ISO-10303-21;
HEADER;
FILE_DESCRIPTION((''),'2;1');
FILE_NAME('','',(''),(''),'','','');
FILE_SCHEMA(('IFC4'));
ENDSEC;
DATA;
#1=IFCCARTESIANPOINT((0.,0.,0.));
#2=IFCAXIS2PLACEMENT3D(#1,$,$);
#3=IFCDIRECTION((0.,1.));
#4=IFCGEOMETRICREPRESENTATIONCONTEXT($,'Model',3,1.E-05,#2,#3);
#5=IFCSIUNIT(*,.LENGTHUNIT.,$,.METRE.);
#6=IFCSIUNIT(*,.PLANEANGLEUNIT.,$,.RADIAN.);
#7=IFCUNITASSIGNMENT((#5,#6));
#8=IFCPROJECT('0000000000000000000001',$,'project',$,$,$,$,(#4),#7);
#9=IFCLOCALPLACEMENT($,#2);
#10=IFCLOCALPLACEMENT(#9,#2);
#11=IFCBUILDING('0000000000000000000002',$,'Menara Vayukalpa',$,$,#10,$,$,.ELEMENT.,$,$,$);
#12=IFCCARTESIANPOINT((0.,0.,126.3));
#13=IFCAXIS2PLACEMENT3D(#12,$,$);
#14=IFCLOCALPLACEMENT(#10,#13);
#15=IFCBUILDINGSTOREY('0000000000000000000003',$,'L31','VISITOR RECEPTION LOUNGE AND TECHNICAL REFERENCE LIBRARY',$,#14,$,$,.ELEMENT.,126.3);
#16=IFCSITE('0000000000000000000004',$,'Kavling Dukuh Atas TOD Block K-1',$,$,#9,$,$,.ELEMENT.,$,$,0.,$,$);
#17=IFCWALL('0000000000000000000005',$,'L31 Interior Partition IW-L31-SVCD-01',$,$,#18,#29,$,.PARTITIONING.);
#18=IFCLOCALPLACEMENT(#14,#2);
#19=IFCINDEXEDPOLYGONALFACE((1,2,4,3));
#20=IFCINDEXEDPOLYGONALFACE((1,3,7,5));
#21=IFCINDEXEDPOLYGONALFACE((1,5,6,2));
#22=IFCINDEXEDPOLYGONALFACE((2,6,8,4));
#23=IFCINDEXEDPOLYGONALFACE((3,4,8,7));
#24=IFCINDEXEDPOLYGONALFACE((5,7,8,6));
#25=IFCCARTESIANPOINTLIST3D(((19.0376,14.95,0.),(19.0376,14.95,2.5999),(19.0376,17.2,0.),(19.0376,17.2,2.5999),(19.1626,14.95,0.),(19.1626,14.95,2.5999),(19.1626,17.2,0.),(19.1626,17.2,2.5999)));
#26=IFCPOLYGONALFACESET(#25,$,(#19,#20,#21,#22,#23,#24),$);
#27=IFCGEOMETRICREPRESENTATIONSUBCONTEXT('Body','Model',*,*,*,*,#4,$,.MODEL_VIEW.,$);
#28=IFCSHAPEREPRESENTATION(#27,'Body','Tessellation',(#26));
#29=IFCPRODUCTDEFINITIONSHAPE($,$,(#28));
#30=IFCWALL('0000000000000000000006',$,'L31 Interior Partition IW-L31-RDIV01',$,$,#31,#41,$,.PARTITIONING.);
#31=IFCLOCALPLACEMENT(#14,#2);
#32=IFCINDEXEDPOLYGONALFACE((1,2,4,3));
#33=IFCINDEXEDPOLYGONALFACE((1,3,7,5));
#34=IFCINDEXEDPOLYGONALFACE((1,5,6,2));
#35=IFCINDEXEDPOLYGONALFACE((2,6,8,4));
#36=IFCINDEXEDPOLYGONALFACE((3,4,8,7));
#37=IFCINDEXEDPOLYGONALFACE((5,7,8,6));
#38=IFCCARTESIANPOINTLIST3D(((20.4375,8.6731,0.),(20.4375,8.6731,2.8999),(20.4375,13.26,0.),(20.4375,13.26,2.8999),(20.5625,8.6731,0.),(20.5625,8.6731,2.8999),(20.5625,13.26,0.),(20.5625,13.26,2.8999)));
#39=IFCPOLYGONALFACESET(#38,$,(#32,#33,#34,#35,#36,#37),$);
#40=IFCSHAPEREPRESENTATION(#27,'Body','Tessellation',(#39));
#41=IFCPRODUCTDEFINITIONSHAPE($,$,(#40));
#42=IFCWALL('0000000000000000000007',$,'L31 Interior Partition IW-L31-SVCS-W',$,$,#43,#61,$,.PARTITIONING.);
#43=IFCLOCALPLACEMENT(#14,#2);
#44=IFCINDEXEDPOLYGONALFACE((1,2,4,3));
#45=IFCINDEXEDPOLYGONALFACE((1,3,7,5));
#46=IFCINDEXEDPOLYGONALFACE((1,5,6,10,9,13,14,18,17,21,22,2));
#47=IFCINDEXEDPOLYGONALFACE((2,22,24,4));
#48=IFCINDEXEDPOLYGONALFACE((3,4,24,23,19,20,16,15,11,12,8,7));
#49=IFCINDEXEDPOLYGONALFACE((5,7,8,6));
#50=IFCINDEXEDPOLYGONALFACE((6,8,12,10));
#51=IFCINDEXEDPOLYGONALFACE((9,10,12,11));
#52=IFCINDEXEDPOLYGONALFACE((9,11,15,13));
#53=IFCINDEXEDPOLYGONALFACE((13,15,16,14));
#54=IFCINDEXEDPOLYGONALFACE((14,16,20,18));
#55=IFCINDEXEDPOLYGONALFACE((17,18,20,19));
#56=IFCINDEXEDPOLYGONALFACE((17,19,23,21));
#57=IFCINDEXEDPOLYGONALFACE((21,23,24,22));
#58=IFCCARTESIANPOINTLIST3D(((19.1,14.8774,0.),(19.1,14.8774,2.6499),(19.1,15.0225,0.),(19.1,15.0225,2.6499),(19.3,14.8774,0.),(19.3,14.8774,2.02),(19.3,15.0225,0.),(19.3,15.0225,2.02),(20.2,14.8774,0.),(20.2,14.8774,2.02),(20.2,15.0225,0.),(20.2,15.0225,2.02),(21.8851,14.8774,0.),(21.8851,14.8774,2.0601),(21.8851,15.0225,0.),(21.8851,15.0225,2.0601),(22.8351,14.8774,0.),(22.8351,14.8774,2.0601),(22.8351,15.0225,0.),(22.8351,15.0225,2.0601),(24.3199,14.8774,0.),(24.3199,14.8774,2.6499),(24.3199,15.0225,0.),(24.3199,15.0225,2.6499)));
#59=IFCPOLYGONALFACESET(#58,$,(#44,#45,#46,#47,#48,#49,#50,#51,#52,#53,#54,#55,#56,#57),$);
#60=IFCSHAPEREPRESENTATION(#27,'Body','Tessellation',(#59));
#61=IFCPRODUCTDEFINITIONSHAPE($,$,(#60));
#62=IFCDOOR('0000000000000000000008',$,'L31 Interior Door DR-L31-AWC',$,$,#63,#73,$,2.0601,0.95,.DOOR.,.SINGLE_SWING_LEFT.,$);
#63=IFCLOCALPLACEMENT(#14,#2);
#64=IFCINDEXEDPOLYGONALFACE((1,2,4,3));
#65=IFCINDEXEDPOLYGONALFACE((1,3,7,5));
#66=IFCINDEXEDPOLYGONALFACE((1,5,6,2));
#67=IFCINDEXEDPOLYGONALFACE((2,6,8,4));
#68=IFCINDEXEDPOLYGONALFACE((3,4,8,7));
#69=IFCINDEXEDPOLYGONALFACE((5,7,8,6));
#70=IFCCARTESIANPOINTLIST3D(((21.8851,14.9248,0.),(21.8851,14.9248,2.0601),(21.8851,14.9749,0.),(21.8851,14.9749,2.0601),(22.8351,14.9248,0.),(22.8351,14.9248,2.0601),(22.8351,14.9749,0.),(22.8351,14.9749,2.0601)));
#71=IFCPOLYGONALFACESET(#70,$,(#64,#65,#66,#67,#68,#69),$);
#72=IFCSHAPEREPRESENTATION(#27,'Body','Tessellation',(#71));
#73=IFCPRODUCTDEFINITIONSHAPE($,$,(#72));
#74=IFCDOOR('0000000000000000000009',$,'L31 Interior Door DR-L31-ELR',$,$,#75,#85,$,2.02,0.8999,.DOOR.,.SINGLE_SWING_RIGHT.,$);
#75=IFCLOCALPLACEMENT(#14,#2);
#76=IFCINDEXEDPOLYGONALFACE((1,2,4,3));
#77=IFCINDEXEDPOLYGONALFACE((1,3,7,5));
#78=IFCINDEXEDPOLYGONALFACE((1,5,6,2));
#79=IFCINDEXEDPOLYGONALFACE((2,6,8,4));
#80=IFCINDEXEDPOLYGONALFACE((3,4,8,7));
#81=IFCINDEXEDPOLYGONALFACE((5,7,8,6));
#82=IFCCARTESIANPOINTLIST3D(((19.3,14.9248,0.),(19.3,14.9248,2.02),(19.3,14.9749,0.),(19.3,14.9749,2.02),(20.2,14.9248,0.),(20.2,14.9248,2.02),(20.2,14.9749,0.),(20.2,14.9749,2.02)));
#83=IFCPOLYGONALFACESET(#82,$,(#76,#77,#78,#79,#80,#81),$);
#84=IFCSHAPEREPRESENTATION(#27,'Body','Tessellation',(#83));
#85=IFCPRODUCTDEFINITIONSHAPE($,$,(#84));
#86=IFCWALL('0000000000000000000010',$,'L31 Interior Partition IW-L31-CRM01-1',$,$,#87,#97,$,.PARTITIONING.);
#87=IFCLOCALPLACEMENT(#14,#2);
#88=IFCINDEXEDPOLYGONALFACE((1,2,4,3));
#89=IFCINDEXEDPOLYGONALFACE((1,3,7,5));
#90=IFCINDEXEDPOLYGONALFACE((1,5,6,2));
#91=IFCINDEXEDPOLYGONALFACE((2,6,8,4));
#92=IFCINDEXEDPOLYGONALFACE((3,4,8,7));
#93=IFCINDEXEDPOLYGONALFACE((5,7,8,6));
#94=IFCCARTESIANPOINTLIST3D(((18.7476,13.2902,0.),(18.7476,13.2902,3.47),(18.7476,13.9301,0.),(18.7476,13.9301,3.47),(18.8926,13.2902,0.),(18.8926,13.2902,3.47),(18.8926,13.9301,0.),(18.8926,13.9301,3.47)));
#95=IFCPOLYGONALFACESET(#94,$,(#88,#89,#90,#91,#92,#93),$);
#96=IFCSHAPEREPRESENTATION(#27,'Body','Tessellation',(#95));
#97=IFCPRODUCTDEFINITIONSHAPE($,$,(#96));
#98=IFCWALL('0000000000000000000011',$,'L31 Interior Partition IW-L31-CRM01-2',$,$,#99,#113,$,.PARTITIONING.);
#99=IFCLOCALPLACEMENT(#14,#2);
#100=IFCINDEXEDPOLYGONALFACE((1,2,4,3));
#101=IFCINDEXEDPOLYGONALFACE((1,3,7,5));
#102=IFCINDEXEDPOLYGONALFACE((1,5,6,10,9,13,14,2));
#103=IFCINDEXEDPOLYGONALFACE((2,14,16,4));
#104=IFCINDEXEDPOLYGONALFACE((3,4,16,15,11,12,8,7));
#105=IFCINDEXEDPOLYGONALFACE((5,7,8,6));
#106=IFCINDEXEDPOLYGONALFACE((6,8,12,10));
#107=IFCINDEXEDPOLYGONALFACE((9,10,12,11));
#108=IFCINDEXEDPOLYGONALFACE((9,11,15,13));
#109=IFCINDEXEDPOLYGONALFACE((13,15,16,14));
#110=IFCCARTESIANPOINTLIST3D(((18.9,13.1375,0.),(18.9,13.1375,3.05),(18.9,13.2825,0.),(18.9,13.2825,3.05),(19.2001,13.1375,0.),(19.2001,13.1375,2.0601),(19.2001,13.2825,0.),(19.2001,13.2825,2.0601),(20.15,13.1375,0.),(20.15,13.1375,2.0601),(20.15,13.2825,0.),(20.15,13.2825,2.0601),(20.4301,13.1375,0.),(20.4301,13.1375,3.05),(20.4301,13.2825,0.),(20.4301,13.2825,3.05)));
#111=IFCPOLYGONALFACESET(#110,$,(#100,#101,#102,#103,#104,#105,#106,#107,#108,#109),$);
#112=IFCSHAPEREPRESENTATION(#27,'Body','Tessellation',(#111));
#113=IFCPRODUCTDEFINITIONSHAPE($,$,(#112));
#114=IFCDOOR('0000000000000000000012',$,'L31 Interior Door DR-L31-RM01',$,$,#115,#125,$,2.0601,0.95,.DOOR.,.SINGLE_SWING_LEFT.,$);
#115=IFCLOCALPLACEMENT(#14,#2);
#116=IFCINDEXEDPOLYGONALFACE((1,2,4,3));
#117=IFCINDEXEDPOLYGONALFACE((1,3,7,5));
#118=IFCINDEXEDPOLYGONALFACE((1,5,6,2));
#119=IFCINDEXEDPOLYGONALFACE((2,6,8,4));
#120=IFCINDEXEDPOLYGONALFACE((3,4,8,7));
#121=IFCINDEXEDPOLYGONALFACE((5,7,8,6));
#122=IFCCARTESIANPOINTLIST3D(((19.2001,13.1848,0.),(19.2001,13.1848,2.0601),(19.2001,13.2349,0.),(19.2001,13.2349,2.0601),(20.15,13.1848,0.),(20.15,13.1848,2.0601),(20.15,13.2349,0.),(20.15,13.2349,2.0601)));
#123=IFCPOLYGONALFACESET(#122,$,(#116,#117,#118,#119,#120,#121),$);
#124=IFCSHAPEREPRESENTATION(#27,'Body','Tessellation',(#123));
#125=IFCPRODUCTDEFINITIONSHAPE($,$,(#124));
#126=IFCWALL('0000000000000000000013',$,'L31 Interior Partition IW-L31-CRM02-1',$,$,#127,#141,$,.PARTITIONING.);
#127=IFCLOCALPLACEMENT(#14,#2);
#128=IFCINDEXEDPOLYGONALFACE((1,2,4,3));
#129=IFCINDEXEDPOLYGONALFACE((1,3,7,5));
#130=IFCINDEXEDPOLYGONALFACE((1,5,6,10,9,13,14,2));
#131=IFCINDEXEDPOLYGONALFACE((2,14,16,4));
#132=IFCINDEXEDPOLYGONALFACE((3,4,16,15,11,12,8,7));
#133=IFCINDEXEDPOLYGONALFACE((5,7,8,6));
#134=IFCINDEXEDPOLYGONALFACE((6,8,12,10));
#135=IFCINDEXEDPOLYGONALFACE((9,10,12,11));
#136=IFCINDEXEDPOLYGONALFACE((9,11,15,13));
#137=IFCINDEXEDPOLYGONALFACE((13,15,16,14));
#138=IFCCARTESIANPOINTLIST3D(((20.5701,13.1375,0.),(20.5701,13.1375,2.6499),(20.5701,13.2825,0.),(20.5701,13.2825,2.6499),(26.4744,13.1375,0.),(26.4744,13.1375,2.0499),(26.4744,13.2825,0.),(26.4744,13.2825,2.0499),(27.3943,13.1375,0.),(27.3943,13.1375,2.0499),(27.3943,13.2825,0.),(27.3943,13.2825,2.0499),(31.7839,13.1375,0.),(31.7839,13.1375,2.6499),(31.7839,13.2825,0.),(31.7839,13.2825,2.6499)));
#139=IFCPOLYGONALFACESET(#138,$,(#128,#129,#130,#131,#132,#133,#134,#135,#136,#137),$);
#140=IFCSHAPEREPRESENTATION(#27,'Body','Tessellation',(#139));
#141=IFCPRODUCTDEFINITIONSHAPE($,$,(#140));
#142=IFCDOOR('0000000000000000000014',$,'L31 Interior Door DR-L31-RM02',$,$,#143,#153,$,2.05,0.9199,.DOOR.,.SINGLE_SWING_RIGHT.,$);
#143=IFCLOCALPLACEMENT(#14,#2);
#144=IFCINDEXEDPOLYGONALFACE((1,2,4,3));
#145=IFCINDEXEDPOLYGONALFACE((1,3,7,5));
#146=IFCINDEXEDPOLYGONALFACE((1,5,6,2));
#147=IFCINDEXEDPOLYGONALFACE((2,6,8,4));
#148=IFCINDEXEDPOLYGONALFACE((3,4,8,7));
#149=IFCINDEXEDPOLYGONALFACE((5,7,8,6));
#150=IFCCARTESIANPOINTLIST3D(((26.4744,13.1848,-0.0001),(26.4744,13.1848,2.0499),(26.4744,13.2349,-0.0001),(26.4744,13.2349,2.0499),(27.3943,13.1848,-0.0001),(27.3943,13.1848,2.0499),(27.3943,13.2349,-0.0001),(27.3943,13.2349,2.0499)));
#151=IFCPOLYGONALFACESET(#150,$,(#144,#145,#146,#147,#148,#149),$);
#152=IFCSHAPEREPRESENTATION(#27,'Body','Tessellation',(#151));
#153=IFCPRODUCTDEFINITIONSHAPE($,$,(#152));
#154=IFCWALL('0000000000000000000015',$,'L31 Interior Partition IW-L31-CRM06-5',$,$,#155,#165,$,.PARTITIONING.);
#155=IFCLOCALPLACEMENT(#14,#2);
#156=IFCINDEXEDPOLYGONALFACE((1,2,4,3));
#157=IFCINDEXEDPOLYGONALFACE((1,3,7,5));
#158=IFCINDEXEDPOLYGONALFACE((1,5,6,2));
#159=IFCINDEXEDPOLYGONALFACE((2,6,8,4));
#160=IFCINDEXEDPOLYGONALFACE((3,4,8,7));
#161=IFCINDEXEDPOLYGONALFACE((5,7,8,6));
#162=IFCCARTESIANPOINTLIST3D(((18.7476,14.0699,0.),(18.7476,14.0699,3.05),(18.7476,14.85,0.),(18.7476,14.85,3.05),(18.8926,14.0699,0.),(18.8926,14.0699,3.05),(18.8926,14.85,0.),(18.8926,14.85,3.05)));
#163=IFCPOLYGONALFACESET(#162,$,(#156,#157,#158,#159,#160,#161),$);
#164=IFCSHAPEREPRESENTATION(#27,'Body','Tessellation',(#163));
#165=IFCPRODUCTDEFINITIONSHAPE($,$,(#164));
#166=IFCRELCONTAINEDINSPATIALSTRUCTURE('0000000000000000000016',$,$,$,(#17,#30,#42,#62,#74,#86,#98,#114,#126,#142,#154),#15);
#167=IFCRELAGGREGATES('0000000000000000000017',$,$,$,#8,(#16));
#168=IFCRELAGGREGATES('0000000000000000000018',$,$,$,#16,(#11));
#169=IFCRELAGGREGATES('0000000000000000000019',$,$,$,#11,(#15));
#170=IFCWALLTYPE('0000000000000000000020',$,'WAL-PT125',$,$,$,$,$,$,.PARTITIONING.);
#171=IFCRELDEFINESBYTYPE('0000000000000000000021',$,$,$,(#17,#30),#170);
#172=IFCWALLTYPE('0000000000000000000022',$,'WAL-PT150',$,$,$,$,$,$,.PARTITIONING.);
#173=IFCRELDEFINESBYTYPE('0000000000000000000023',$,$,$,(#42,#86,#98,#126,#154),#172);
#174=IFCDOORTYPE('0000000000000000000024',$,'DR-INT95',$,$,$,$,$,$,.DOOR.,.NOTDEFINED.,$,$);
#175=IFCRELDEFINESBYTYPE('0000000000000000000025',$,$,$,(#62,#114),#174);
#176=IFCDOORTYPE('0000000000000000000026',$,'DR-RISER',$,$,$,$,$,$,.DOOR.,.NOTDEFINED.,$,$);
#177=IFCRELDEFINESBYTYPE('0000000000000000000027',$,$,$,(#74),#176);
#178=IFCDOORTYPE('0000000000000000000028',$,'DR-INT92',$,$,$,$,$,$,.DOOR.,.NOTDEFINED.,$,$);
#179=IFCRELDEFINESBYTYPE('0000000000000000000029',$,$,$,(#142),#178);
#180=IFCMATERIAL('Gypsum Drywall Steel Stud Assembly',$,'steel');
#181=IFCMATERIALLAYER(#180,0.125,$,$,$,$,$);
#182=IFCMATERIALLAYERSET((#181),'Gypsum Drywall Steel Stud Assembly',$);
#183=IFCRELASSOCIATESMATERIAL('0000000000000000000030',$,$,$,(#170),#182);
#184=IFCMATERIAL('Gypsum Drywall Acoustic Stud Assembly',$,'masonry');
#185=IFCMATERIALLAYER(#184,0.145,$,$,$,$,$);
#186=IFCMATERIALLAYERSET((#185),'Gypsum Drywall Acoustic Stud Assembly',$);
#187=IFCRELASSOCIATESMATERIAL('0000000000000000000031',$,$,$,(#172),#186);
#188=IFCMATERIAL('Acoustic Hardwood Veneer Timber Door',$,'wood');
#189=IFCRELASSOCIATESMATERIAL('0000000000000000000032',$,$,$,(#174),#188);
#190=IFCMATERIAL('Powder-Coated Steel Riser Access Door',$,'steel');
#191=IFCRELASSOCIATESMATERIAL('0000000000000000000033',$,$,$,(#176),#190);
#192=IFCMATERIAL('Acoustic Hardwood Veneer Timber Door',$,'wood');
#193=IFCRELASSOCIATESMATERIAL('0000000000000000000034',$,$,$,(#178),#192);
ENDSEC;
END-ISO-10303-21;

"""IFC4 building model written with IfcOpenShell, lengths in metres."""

from ifc_helpers import new_model, si_unit, direction, frame, frame_2d, origin, place, context, subcontext, project, spatial, rectangle, extrude, material, layer, layer_set, type_object, element, fill, save


model = new_model("IFC4")

# Units and contexts
model_context = context("Model", 3, precision=1e-05, world=origin(), true_north=direction((0.0, 1.0)))
body_context = subcontext(model_context, "Body", "Model", "MODEL_VIEW")
ifc_project = project(units=[si_unit("LENGTHUNIT", "METRE"), si_unit("PLANEANGLEUNIT", "RADIAN")], contexts=[model_context])

# Site, building, storey
site_placement = place(None, origin())
site = spatial("IfcSite", under=ifc_project, at=site_placement, Name="Kavling Dukuh Atas TOD Block K-1", CompositionType="ELEMENT", RefElevation=0.0)
building_placement = place(site_placement, origin())
building = spatial("IfcBuilding", under=site, at=building_placement, Name="Menara Vayukalpa", CompositionType="ELEMENT")
storey_placement = place(building_placement, frame((0.0, 0.0, 126.3)))
storey = spatial("IfcBuildingStorey", under=building, at=storey_placement, Name="L31", Description="VISITOR RECEPTION LOUNGE AND TECHNICAL REFERENCE LIBRARY", CompositionType="ELEMENT", Elevation=126.3)

# Walls
ifc_material_1 = material(Name="Gypsum Drywall Steel Stud Assembly", Category="steel")
ifc_layer_1 = layer(ifc_material_1, 0.125)
ifc_layer_set_1 = layer_set([ifc_layer_1], Name="Gypsum Drywall Steel Stud Assembly")
wall_type_1 = type_object("IfcWallType", Name="WAL-PT125", PredefinedType="PARTITIONING", material=ifc_layer_set_1)
wall_1_placement = place(storey_placement, frame((19.1001, 14.95, 0.0), z_axis=(0.0, 0.0, 1.0), x_axis=(0.0, 1.0, 0.0)))
element("IfcWall", 1, at=wall_1_placement, inside=storey, type_object=wall_type_1, Name="L31 Interior Partition IW-L31-SVCD-01", PredefinedType="PARTITIONING", context=body_context, shape_type="SweptSolid", body=[
    extrude(rectangle(XDim=2.25, YDim=0.125, at=frame_2d((1.125, 0.0))), origin(), (0.0, 0.0, 1.0), 2.5999),
])
wall_2_placement = place(storey_placement, frame((20.5, 8.6731, 0.0), z_axis=(0.0, 0.0, 1.0), x_axis=(0.0, 1.0, 0.0)))
element("IfcWall", 2, at=wall_2_placement, inside=storey, type_object=wall_type_1, Name="L31 Interior Partition IW-L31-RDIV01", PredefinedType="PARTITIONING", context=body_context, shape_type="SweptSolid", body=[
    extrude(rectangle(XDim=4.5869, YDim=0.125, at=frame_2d((2.2935, 0.0))), origin(), (0.0, 0.0, 1.0), 2.8999),
])

# Wall, openings, doors
ifc_material_2 = material(Name="Gypsum Drywall Acoustic Stud Assembly", Category="masonry")
ifc_layer_2 = layer(ifc_material_2, 0.145)
ifc_layer_set_2 = layer_set([ifc_layer_2], Name="Gypsum Drywall Acoustic Stud Assembly")
wall_type_2 = type_object("IfcWallType", Name="WAL-PT150", PredefinedType="PARTITIONING", material=ifc_layer_set_2)
wall_3_placement = place(storey_placement, frame((19.1001, 14.95, 0.0), z_axis=(0.0, 0.0, 1.0), x_axis=(1.0, 0.0, 0.0)))
wall_3 = element("IfcWall", 3, at=wall_3_placement, inside=storey, type_object=wall_type_2, Name="L31 Interior Partition IW-L31-SVCS-W", PredefinedType="PARTITIONING", context=body_context, shape_type="SweptSolid", body=[
    extrude(rectangle(XDim=5.22, YDim=0.145, at=frame_2d((2.6099, 0.0))), origin(), (0.0, 0.0, 1.0), 2.6499),
])
opening_1_placement = place(wall_3_placement, frame((0.2, 0.0, 0.0)))
opening_1 = element("IfcOpeningElement", 4, at=opening_1_placement, cuts=wall_3, PredefinedType="OPENING", context=body_context, shape_type="SweptSolid", body=[
    extrude(rectangle(XDim=0.8999, YDim=2.02, at=frame_2d((0.45, 1.01))), frame((0.0, 0.0825, 0.0), z_axis=(0.0, -1.0, 0.0), x_axis=(1.0, 0.0, 0.0)), (0.0, 0.0, 1.0), 0.165),
])
opening_2_placement = place(wall_3_placement, frame((2.7849, 0.0, 0.0)))
opening_2 = element("IfcOpeningElement", 5, at=opening_2_placement, cuts=wall_3, PredefinedType="OPENING", context=body_context, shape_type="SweptSolid", body=[
    extrude(rectangle(XDim=0.95, YDim=2.0601, at=frame_2d((0.4751, 1.03))), frame((0.0, 0.0825, 0.0), z_axis=(0.0, -1.0, 0.0), x_axis=(1.0, 0.0, 0.0)), (0.0, 0.0, 1.0), 0.165),
])
ifc_material_3 = material(Name="Acoustic Hardwood Veneer Timber Door", Category="wood")
door_type_1 = type_object("IfcDoorType", Name="DR-INT95", OperationType="NOTDEFINED", PredefinedType="DOOR", material=ifc_material_3)
door_1_placement = place(opening_2_placement, origin())
door_1 = element("IfcDoor", 6, at=door_1_placement, inside=storey, type_object=door_type_1, Name="L31 Interior Door DR-L31-AWC", OperationType="SINGLE_SWING_LEFT", OverallHeight=2.0601, OverallWidth=0.95, PredefinedType="DOOR", context=body_context, shape_type="SweptSolid", body=[
    extrude(rectangle(XDim=0.95, YDim=2.0601, at=frame_2d((0.4751, 1.03))), frame((0.0, 0.0249, 0.0), z_axis=(0.0, -1.0, 0.0), x_axis=(1.0, 0.0, 0.0)), (0.0, 0.0, 1.0), 0.05),
])
fill(opening_2, door_1)
ifc_material_4 = material(Name="Powder-Coated Steel Riser Access Door", Category="steel")
door_type_2 = type_object("IfcDoorType", Name="DR-RISER", OperationType="NOTDEFINED", PredefinedType="DOOR", material=ifc_material_4)
door_2_placement = place(opening_1_placement, origin())
door_2 = element("IfcDoor", 7, at=door_2_placement, inside=storey, type_object=door_type_2, Name="L31 Interior Door DR-L31-ELR", OperationType="SINGLE_SWING_RIGHT", OverallHeight=2.02, OverallWidth=0.8999, PredefinedType="DOOR", context=body_context, shape_type="SweptSolid", body=[
    extrude(rectangle(XDim=0.8999, YDim=2.02, at=frame_2d((0.45, 1.01))), frame((0.0, 0.0249, 0.0), z_axis=(0.0, -1.0, 0.0), x_axis=(1.0, 0.0, 0.0)), (0.0, 0.0, 1.0), 0.05),
])
fill(opening_1, door_2)

# Wall
wall_4_placement = place(storey_placement, frame((18.8201, 13.9299, 0.0), z_axis=(0.0, 0.0, 1.0), x_axis=(0.0, -1.0, 0.0)))
element("IfcWall", 8, at=wall_4_placement, inside=storey, type_object=wall_type_2, Name="L31 Interior Partition IW-L31-CRM01-1", PredefinedType="PARTITIONING", context=body_context, shape_type="SweptSolid", body=[
    extrude(rectangle(XDim=0.6399, YDim=0.145, at=frame_2d((0.3198, 0.0))), origin(), (0.0, 0.0, 1.0), 3.47),
])

# Walls, openings, doors
wall_5_placement = place(storey_placement, frame((18.8999, 13.21, 0.0), z_axis=(0.0, 0.0, 1.0), x_axis=(1.0, 0.0, 0.0)))
wall_5 = element("IfcWall", 9, at=wall_5_placement, inside=storey, type_object=wall_type_2, Name="L31 Interior Partition IW-L31-CRM01-2", PredefinedType="PARTITIONING", context=body_context, shape_type="SweptSolid", body=[
    extrude(rectangle(XDim=1.53, YDim=0.145, at=frame_2d((0.7651, 0.0))), origin(), (0.0, 0.0, 1.0), 3.05),
])
opening_3_placement = place(wall_5_placement, frame((0.3, 0.0, 0.0)))
opening_3 = element("IfcOpeningElement", 10, at=opening_3_placement, cuts=wall_5, PredefinedType="OPENING", context=body_context, shape_type="SweptSolid", body=[
    extrude(rectangle(XDim=0.95, YDim=2.0601, at=frame_2d((0.4751, 1.03))), frame((0.0, 0.0825, 0.0), z_axis=(0.0, -1.0, 0.0), x_axis=(1.0, 0.0, 0.0)), (0.0, 0.0, 1.0), 0.165),
])
door_3_placement = place(opening_3_placement, origin())
door_3 = element("IfcDoor", 11, at=door_3_placement, inside=storey, type_object=door_type_1, Name="L31 Interior Door DR-L31-RM01", OperationType="SINGLE_SWING_LEFT", OverallHeight=2.0601, OverallWidth=0.95, PredefinedType="DOOR", context=body_context, shape_type="SweptSolid", body=[
    extrude(rectangle(XDim=0.95, YDim=2.0601, at=frame_2d((0.4751, 1.03))), frame((0.0, 0.0249, 0.0), z_axis=(0.0, -1.0, 0.0), x_axis=(1.0, 0.0, 0.0)), (0.0, 0.0, 1.0), 0.05),
])
fill(opening_3, door_3)
wall_6_placement = place(storey_placement, frame((20.5701, 13.21, 0.0), z_axis=(0.0, 0.0, 1.0), x_axis=(1.0, 0.0, 0.0)))
wall_6 = element("IfcWall", 12, at=wall_6_placement, inside=storey, type_object=wall_type_2, Name="L31 Interior Partition IW-L31-CRM02-1", PredefinedType="PARTITIONING", context=body_context, shape_type="SweptSolid", body=[
    extrude(rectangle(XDim=11.2139, YDim=0.145, at=frame_2d((5.6069, 0.0))), origin(), (0.0, 0.0, 1.0), 2.6499),
])
opening_4_placement = place(wall_6_placement, frame((5.9043, 0.0, 0.0)))
opening_4 = element("IfcOpeningElement", 13, at=opening_4_placement, cuts=wall_6, PredefinedType="OPENING", context=body_context, shape_type="SweptSolid", body=[
    extrude(rectangle(XDim=0.9199, YDim=2.05, at=frame_2d((0.46, 1.0249))), frame((0.0, 0.0825, 0.0), z_axis=(0.0, -1.0, 0.0), x_axis=(1.0, 0.0, 0.0)), (0.0, 0.0, 1.0), 0.165),
])
ifc_material_5 = material(Name="Acoustic Hardwood Veneer Timber Door", Category="wood")
door_type_3 = type_object("IfcDoorType", Name="DR-INT92", OperationType="NOTDEFINED", PredefinedType="DOOR", material=ifc_material_5)
door_4_placement = place(opening_4_placement, origin())
door_4 = element("IfcDoor", 14, at=door_4_placement, inside=storey, type_object=door_type_3, Name="L31 Interior Door DR-L31-RM02", OperationType="SINGLE_SWING_RIGHT", OverallHeight=2.05, OverallWidth=0.9199, PredefinedType="DOOR", context=body_context, shape_type="SweptSolid", body=[
    extrude(rectangle(XDim=0.9199, YDim=2.05, at=frame_2d((0.46, 1.0249))), frame((0.0, 0.0249, 0.0), z_axis=(0.0, -1.0, 0.0), x_axis=(1.0, 0.0, 0.0)), (0.0, 0.0, 1.0), 0.05),
])
fill(opening_4, door_4)

# Wall
wall_7_placement = place(storey_placement, frame((18.8201, 14.8501, 0.0), z_axis=(0.0, 0.0, 1.0), x_axis=(0.0, -1.0, 0.0)))
element("IfcWall", 15, at=wall_7_placement, inside=storey, type_object=wall_type_2, Name="L31 Interior Partition IW-L31-CRM06-5", PredefinedType="PARTITIONING", context=body_context, shape_type="SweptSolid", body=[
    extrude(rectangle(XDim=0.78, YDim=0.145, at=frame_2d((0.3901, 0.0))), origin(), (0.0, 0.0, 1.0), 3.05),
])

save(model, "model.ifc")
